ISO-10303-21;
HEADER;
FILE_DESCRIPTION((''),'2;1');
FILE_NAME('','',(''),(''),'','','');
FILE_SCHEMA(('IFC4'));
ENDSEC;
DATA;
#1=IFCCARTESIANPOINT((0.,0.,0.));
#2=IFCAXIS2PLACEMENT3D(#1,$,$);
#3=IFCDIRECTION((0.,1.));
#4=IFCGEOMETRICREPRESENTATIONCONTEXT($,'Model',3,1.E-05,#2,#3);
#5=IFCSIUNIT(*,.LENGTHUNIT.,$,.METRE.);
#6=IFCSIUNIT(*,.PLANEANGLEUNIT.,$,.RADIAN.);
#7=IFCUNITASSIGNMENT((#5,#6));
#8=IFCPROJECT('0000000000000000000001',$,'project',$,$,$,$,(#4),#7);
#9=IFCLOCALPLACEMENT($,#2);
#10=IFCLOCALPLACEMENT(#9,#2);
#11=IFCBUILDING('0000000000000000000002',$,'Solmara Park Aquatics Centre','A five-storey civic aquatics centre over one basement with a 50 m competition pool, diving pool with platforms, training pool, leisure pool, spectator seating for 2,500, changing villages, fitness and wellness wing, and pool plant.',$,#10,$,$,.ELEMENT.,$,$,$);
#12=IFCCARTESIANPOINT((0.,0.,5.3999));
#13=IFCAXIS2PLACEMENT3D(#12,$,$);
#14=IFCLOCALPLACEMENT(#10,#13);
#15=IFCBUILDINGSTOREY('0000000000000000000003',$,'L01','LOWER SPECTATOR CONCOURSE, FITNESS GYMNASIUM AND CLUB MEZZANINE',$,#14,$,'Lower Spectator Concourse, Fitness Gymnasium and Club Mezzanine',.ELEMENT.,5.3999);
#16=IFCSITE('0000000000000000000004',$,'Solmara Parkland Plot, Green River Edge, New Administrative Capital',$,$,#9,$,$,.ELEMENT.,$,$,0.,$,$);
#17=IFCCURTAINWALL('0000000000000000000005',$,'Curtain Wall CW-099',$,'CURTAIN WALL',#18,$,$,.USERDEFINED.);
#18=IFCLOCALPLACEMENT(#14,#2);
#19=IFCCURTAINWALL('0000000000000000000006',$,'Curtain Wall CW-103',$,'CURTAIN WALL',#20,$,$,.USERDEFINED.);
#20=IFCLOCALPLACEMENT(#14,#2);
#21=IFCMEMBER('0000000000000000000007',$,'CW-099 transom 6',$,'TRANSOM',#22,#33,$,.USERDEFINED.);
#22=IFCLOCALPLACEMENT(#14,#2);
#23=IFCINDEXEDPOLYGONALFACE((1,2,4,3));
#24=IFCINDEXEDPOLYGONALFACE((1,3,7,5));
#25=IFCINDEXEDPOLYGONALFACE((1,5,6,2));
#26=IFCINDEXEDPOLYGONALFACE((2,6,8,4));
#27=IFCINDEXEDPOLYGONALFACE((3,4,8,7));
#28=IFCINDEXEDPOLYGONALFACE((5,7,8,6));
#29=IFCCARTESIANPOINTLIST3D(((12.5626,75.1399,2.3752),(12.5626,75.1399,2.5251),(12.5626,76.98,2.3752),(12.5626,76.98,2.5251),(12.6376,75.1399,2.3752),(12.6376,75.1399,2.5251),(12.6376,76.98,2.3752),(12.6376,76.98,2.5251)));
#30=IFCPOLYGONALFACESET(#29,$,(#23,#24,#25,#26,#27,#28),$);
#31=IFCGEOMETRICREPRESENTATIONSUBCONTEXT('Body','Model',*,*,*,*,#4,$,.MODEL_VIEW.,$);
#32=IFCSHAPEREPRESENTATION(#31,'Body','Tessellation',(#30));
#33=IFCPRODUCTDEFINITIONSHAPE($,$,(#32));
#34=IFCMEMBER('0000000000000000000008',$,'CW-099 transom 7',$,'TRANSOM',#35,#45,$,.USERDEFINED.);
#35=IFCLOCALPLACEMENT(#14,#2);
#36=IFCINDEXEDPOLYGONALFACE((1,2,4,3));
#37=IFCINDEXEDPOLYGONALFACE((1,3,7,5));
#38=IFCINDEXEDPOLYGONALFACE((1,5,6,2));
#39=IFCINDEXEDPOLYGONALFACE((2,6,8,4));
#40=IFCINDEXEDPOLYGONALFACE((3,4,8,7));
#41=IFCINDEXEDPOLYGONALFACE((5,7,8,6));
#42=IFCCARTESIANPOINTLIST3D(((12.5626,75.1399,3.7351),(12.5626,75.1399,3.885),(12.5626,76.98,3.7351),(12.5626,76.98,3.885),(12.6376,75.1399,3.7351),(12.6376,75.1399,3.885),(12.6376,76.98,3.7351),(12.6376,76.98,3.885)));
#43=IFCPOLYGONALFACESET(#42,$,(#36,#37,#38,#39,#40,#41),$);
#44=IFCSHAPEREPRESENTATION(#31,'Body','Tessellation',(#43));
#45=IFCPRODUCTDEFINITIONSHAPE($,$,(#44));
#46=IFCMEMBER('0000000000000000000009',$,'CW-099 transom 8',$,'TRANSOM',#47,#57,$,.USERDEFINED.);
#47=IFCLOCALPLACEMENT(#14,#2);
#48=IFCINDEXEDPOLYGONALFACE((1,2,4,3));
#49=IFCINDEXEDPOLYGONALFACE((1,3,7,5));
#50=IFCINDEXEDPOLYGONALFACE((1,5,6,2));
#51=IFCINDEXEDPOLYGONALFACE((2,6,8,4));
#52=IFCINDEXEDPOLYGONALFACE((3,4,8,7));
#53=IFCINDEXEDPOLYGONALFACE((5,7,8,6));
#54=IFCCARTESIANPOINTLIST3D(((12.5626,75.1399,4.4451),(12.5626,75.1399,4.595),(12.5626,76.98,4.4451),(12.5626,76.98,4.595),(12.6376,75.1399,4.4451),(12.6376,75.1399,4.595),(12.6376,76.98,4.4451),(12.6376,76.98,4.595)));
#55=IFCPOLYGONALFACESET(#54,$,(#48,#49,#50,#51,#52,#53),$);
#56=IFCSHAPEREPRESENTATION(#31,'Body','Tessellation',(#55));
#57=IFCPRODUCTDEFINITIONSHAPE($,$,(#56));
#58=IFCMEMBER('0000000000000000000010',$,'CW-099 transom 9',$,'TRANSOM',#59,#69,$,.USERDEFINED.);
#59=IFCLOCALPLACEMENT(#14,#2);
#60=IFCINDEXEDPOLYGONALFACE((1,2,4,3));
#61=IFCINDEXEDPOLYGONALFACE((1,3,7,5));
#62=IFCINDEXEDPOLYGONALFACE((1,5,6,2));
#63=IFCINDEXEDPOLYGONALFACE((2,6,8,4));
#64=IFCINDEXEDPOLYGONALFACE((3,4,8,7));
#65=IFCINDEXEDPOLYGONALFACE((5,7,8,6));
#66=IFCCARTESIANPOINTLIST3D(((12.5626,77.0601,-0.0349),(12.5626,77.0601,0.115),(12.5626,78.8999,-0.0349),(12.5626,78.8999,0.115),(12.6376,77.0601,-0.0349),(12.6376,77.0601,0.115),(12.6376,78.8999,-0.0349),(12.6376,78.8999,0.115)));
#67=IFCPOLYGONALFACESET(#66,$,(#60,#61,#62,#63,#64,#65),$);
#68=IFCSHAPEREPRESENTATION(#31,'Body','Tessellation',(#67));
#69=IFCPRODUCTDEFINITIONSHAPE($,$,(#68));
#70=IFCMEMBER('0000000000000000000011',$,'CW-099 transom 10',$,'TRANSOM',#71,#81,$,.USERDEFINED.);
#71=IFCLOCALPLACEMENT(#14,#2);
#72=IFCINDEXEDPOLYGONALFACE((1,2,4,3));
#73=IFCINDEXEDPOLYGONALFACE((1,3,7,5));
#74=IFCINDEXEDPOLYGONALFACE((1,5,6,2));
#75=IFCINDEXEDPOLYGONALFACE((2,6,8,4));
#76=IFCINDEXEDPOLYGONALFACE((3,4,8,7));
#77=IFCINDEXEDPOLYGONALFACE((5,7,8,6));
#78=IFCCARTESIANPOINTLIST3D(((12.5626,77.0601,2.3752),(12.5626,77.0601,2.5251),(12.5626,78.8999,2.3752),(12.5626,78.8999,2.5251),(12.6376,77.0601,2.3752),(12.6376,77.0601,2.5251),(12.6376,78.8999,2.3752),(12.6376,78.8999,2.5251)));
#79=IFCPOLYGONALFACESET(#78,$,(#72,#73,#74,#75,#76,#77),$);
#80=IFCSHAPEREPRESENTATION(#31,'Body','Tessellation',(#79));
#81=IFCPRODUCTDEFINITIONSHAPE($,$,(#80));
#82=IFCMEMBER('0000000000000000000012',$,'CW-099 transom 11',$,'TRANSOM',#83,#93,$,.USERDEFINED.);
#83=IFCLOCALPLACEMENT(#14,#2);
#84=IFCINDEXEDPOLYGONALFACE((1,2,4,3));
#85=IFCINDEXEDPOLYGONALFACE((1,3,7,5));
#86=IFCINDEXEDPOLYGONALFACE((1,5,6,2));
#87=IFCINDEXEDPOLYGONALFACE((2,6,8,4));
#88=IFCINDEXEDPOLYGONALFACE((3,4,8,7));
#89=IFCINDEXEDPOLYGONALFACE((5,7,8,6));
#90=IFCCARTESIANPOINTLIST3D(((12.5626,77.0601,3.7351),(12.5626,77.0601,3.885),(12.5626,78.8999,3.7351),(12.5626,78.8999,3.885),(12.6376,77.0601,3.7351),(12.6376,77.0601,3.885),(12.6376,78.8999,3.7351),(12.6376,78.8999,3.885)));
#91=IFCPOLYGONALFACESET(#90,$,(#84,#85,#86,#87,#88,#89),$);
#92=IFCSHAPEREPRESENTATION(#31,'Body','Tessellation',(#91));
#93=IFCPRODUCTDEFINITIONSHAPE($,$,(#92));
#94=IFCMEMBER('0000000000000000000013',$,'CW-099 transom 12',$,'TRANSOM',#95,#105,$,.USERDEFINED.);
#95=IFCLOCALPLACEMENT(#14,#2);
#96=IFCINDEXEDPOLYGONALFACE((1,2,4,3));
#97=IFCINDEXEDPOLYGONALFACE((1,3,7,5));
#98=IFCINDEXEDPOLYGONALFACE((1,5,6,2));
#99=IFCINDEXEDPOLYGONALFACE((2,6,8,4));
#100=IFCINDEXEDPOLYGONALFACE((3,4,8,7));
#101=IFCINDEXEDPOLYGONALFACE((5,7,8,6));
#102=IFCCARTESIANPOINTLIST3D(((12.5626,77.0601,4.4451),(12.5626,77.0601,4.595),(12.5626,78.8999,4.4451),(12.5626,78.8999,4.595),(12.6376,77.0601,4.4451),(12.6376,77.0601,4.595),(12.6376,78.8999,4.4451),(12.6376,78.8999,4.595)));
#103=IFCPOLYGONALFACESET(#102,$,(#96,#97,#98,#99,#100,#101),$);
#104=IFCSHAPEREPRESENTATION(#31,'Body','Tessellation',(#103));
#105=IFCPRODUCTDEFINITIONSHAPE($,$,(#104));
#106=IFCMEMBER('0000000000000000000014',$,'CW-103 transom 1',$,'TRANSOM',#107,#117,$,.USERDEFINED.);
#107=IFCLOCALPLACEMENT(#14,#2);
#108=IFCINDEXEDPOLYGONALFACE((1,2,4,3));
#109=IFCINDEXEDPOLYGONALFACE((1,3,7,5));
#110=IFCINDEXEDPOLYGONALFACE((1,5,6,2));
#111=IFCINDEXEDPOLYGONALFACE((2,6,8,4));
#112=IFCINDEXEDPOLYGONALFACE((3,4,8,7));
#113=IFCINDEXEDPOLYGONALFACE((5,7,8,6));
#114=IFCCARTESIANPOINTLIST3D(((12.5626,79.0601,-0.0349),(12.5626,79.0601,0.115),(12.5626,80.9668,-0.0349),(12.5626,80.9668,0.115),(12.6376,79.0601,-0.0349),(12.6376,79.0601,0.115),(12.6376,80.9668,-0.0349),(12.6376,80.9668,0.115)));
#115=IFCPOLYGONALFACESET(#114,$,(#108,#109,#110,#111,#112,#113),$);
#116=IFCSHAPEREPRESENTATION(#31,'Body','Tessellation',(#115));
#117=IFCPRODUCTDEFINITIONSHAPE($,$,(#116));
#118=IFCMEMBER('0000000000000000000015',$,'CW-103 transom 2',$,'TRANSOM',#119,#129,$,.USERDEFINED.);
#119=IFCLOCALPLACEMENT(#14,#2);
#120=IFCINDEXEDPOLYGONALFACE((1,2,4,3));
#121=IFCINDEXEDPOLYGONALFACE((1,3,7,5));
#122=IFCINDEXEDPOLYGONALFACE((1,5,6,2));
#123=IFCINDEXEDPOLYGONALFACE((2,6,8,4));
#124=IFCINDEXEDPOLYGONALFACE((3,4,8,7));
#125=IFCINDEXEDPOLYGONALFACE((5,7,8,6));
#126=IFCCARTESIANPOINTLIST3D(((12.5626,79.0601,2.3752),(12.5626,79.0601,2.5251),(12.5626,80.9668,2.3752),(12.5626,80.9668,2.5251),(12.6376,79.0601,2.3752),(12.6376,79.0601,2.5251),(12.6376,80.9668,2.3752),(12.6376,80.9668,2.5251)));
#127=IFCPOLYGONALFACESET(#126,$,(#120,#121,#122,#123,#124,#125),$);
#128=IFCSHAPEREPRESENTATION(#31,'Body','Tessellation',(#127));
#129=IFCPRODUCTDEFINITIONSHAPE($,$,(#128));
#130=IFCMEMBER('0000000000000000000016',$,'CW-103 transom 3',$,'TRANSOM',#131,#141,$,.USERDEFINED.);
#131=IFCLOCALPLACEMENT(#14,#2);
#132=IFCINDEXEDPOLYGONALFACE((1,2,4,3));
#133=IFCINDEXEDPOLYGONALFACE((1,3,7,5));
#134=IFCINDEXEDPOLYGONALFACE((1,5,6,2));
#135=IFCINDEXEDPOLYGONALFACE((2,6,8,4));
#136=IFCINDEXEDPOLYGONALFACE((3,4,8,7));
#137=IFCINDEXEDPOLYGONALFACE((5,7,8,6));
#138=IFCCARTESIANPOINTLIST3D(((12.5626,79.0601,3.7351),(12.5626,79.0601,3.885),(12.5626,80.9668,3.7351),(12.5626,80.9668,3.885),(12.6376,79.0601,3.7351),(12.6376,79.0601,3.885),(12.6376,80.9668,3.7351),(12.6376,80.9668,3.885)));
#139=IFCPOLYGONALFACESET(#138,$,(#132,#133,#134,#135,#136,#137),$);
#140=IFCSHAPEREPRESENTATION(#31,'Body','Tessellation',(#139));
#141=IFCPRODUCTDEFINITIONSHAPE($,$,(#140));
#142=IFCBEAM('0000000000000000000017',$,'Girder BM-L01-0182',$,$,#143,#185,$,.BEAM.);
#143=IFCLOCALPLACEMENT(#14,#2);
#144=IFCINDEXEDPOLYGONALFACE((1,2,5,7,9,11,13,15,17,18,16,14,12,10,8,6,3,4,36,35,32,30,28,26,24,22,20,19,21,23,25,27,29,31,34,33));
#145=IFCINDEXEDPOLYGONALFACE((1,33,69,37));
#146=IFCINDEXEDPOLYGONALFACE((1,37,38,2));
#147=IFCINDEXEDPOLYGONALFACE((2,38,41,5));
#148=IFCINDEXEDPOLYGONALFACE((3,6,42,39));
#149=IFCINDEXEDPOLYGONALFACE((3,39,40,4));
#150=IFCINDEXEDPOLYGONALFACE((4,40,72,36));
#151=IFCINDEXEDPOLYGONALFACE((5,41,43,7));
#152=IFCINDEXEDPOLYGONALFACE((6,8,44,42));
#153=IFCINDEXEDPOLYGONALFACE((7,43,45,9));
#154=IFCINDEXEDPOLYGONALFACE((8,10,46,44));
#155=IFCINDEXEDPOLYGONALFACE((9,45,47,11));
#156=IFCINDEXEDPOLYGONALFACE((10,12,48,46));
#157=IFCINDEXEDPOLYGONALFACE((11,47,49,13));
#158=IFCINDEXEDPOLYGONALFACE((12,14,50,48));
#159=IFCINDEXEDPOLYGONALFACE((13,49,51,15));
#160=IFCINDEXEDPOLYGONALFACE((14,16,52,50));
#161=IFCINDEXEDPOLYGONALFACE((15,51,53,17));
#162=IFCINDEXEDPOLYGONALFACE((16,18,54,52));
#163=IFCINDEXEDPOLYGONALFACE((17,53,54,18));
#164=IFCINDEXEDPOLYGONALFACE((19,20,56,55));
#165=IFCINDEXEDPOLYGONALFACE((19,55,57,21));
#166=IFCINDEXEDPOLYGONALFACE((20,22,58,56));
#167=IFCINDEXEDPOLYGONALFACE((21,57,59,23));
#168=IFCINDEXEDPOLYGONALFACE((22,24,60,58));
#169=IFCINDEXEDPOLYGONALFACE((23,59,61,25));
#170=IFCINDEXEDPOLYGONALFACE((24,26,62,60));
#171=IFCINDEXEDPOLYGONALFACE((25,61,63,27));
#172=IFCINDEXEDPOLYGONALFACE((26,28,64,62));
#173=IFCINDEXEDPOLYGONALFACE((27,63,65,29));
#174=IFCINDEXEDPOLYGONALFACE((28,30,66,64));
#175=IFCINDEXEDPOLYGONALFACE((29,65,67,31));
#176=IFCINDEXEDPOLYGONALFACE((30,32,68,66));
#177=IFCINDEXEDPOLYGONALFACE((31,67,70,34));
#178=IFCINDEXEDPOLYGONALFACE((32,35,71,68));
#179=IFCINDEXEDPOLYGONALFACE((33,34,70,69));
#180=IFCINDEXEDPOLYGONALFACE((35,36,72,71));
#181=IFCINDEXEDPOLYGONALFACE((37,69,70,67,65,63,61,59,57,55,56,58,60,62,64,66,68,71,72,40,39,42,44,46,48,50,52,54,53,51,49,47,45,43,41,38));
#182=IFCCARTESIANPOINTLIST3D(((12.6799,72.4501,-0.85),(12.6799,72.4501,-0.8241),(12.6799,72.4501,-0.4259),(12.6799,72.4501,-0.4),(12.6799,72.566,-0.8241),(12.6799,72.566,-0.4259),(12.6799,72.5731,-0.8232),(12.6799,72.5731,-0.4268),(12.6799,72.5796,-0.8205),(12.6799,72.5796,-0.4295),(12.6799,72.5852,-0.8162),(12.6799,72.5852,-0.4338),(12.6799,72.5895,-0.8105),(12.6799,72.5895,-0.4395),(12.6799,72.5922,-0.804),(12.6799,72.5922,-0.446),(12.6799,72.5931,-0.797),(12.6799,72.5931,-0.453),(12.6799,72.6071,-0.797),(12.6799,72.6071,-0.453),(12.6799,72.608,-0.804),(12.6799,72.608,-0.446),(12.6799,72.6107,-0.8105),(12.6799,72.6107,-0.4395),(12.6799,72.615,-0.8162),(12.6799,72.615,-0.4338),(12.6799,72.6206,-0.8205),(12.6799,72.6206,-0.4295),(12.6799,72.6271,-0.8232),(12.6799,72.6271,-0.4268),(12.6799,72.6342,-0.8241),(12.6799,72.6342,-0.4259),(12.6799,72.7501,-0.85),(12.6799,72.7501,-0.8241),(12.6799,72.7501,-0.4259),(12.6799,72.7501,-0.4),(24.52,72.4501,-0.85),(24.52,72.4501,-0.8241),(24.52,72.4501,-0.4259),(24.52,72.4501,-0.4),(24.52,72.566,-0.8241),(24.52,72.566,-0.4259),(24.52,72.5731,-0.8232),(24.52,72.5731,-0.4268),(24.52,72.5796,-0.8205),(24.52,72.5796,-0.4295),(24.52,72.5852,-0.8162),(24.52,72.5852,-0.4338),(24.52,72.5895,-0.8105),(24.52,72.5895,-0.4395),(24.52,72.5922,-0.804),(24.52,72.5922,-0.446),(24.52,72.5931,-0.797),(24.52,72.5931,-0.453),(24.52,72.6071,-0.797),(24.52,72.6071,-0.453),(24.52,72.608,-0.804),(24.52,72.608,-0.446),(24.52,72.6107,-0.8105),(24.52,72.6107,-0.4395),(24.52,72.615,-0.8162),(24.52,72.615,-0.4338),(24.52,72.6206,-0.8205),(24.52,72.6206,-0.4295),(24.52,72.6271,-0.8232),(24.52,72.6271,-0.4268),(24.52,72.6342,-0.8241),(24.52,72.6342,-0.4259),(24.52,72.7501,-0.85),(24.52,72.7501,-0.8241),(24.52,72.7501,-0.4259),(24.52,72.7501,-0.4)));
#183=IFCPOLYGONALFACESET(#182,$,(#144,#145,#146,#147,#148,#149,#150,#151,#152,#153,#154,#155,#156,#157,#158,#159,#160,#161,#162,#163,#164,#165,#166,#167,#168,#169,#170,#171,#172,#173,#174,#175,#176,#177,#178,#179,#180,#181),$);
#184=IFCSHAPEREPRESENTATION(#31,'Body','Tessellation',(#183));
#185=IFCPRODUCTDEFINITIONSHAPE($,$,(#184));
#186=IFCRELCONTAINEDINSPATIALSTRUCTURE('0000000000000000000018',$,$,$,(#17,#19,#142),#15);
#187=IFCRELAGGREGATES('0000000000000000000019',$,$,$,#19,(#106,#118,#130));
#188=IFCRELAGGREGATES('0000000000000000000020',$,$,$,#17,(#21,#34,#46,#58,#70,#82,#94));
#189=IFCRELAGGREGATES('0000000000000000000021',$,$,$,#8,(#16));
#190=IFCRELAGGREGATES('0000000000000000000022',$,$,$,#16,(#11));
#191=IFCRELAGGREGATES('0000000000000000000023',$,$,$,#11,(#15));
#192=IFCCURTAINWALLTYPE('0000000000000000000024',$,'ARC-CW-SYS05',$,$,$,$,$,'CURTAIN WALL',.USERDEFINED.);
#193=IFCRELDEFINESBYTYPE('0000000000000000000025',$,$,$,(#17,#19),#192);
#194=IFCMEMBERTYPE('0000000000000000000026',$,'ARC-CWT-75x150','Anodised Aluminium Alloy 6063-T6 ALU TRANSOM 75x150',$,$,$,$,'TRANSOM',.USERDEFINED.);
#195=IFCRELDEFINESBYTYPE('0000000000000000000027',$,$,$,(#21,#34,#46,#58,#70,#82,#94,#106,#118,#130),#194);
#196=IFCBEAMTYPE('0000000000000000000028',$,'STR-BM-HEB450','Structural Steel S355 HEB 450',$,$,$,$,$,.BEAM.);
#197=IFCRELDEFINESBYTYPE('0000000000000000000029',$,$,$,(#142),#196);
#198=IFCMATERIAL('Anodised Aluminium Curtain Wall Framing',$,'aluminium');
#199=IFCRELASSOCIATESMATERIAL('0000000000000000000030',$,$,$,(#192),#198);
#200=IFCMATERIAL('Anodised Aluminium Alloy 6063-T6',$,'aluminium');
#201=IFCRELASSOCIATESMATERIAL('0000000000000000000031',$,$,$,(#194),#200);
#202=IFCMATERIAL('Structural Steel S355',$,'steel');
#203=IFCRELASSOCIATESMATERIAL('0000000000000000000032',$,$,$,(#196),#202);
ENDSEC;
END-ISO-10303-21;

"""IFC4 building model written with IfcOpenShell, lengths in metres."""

from ifc_helpers import new_model, si_unit, direction, frame, origin, origin_2d, place, context, subcontext, project, spatial, rectangle, i_section, extrude, material, material_profile, profile_set, type_object, element, aggregate, save


model = new_model("IFC4")

# Units and contexts
model_context = context("Model", 3, precision=1e-05, world=origin(), true_north=direction((0.0, 1.0)))
body_context = subcontext(model_context, "Body", "Model", "MODEL_VIEW")
ifc_project = project(units=[si_unit("LENGTHUNIT", "METRE"), si_unit("PLANEANGLEUNIT", "RADIAN")], contexts=[model_context])

# Site, building, storey
site_placement = place(None, origin())
site = spatial("IfcSite", under=ifc_project, at=site_placement, Name="Solmara Parkland Plot, Green River Edge, New Administrative Capital", CompositionType="ELEMENT", RefElevation=0.0)
building_placement = place(site_placement, origin())
building = spatial("IfcBuilding", under=site, at=building_placement, Name="Solmara Park Aquatics Centre", Description="A five-storey civic aquatics centre over one basement with a 50 m competition pool, diving pool with platforms, training pool, leisure pool, spectator seating for 2,500, changing villages, fitness and wellness wing, and pool plant.", CompositionType="ELEMENT")
storey_placement = place(building_placement, frame((0.0, 0.0, 5.3999)))
storey = spatial("IfcBuildingStorey", under=building, at=storey_placement, Name="L01", Description="LOWER SPECTATOR CONCOURSE, FITNESS GYMNASIUM AND CLUB MEZZANINE", LongName="Lower Spectator Concourse, Fitness Gymnasium and Club Mezzanine", CompositionType="ELEMENT", Elevation=5.3999)

# Shared definitions
ifc_material_1 = material(Name="Structural Steel S355", Category="steel")

# Curtain wall
ifc_material_2 = material(Name="Anodised Aluminium Curtain Wall Framing", Category="aluminium")
curtain_wall_type = type_object("IfcCurtainWallType", Name="ARC-CW-SYS05", ElementType="CURTAIN WALL", PredefinedType="USERDEFINED", material=ifc_material_2)
curtain_wall_1_placement = place(storey_placement, origin())
curtain_wall_1 = element("IfcCurtainWall", 1, at=curtain_wall_1_placement, inside=storey, type_object=curtain_wall_type, Name="Curtain Wall CW-099", ObjectType="CURTAIN WALL", PredefinedType="USERDEFINED")
ifc_material_3 = material(Name="Anodised Aluminium Alloy 6063-T6", Category="aluminium")

# Curtain wall
curtain_wall_2_placement = place(storey_placement, origin())
curtain_wall_2 = element("IfcCurtainWall", 2, at=curtain_wall_2_placement, inside=storey, type_object=curtain_wall_type, Name="Curtain Wall CW-103", ObjectType="CURTAIN WALL", PredefinedType="USERDEFINED")

# Members
ifc_material_profile_1 = material_profile(ifc_material_3, rectangle(XDim=0.075, YDim=0.1499, at=origin_2d()), Name="ALU TRANSOM 75x150")
ifc_profile_set_1 = profile_set([ifc_material_profile_1], Name="Anodised Aluminium Alloy 6063-T6")
member_type_1 = type_object("IfcMemberType", Name="ARC-CWT-75x150", Description="Anodised Aluminium Alloy 6063-T6 ALU TRANSOM 75x150", ElementType="TRANSOM", PredefinedType="USERDEFINED", material=ifc_profile_set_1)
member_1_placement = place(storey_placement, frame((12.6001, 75.1399, 2.4502), z_axis=(0.0, 1.0, 0.0), x_axis=(-1.0, 0.0, 0.0)))
member_1 = element("IfcMember", 3, at=member_1_placement, type_object=member_type_1, Name="CW-099 transom 6", ObjectType="TRANSOM", PredefinedType="USERDEFINED", context=body_context, shape_type="SweptSolid", body=[
    extrude(rectangle(XDim=0.075, YDim=0.1499, at=origin_2d()), origin(), (0.0, 0.0, 1.0), 1.8401),
])
member_2_placement = place(storey_placement, frame((12.6001, 75.1399, 3.8101), z_axis=(0.0, 1.0, 0.0), x_axis=(-1.0, 0.0, 0.0)))
member_2 = element("IfcMember", 4, at=member_2_placement, type_object=member_type_1, Name="CW-099 transom 7", ObjectType="TRANSOM", PredefinedType="USERDEFINED", context=body_context, shape_type="SweptSolid", body=[
    extrude(rectangle(XDim=0.075, YDim=0.1499, at=origin_2d()), origin(), (0.0, 0.0, 1.0), 1.8401),
])
member_3_placement = place(storey_placement, frame((12.6001, 75.1399, 4.52), z_axis=(0.0, 1.0, 0.0), x_axis=(-1.0, 0.0, 0.0)))
member_3 = element("IfcMember", 5, at=member_3_placement, type_object=member_type_1, Name="CW-099 transom 8", ObjectType="TRANSOM", PredefinedType="USERDEFINED", context=body_context, shape_type="SweptSolid", body=[
    extrude(rectangle(XDim=0.075, YDim=0.1499, at=origin_2d()), origin(), (0.0, 0.0, 1.0), 1.8401),
])
member_4_placement = place(storey_placement, frame((12.6001, 77.0601, 0.04), z_axis=(0.0, 1.0, 0.0), x_axis=(-1.0, 0.0, 0.0)))
member_4 = element("IfcMember", 6, at=member_4_placement, type_object=member_type_1, Name="CW-099 transom 9", ObjectType="TRANSOM", PredefinedType="USERDEFINED", context=body_context, shape_type="SweptSolid", body=[
    extrude(rectangle(XDim=0.075, YDim=0.1499, at=origin_2d()), origin(), (0.0, 0.0, 1.0), 1.8398),
])
member_5_placement = place(storey_placement, frame((12.6001, 77.0601, 2.4502), z_axis=(0.0, 1.0, 0.0), x_axis=(-1.0, 0.0, 0.0)))
member_5 = element("IfcMember", 7, at=member_5_placement, type_object=member_type_1, Name="CW-099 transom 10", ObjectType="TRANSOM", PredefinedType="USERDEFINED", context=body_context, shape_type="SweptSolid", body=[
    extrude(rectangle(XDim=0.075, YDim=0.1499, at=origin_2d()), origin(), (0.0, 0.0, 1.0), 1.8398),
])
member_6_placement = place(storey_placement, frame((12.6001, 77.0601, 3.8101), z_axis=(0.0, 1.0, 0.0), x_axis=(-1.0, 0.0, 0.0)))
member_6 = element("IfcMember", 8, at=member_6_placement, type_object=member_type_1, Name="CW-099 transom 11", ObjectType="TRANSOM", PredefinedType="USERDEFINED", context=body_context, shape_type="SweptSolid", body=[
    extrude(rectangle(XDim=0.075, YDim=0.1499, at=origin_2d()), origin(), (0.0, 0.0, 1.0), 1.8398),
])
member_7_placement = place(storey_placement, frame((12.6001, 77.0601, 4.52), z_axis=(0.0, 1.0, 0.0), x_axis=(-1.0, 0.0, 0.0)))
member_7 = element("IfcMember", 9, at=member_7_placement, type_object=member_type_1, Name="CW-099 transom 12", ObjectType="TRANSOM", PredefinedType="USERDEFINED", context=body_context, shape_type="SweptSolid", body=[
    extrude(rectangle(XDim=0.075, YDim=0.1499, at=origin_2d()), origin(), (0.0, 0.0, 1.0), 1.8398),
])
member_8_placement = place(storey_placement, frame((12.6001, 79.0601, 0.04), z_axis=(0.0, 1.0, 0.0), x_axis=(-1.0, 0.0, 0.0)))
member_8 = element("IfcMember", 10, at=member_8_placement, type_object=member_type_1, Name="CW-103 transom 1", ObjectType="TRANSOM", PredefinedType="USERDEFINED", context=body_context, shape_type="SweptSolid", body=[
    extrude(rectangle(XDim=0.075, YDim=0.1499, at=origin_2d()), origin(), (0.0, 0.0, 1.0), 1.9067),
])
member_9_placement = place(storey_placement, frame((12.6001, 79.0601, 2.4502), z_axis=(0.0, 1.0, 0.0), x_axis=(-1.0, 0.0, 0.0)))
member_9 = element("IfcMember", 11, at=member_9_placement, type_object=member_type_1, Name="CW-103 transom 2", ObjectType="TRANSOM", PredefinedType="USERDEFINED", context=body_context, shape_type="SweptSolid", body=[
    extrude(rectangle(XDim=0.075, YDim=0.1499, at=origin_2d()), origin(), (0.0, 0.0, 1.0), 1.9067),
])
member_10_placement = place(storey_placement, frame((12.6001, 79.0601, 3.8101), z_axis=(0.0, 1.0, 0.0), x_axis=(-1.0, 0.0, 0.0)))
member_10 = element("IfcMember", 12, at=member_10_placement, type_object=member_type_1, Name="CW-103 transom 3", ObjectType="TRANSOM", PredefinedType="USERDEFINED", context=body_context, shape_type="SweptSolid", body=[
    extrude(rectangle(XDim=0.075, YDim=0.1499, at=origin_2d()), origin(), (0.0, 0.0, 1.0), 1.9067),
])
aggregate(curtain_wall_2, [member_8, member_9, member_10])

# Beam
ifc_material_profile_2 = material_profile(ifc_material_1, i_section(OverallWidth=0.3, OverallDepth=0.45, WebThickness=0.0139, FlangeThickness=0.0259, FilletRadius=0.0271, at=origin_2d()), Name="HEB 450")
ifc_profile_set_2 = profile_set([ifc_material_profile_2], Name="Structural Steel S355")
beam_type_1 = type_object("IfcBeamType", Name="STR-BM-HEB450", Description="Structural Steel S355 HEB 450", PredefinedType="BEAM", material=ifc_profile_set_2)
beam_1_placement = place(storey_placement, frame((12.6799, 72.6001, -0.625), z_axis=(1.0, 0.0, 0.0), x_axis=(0.0, 1.0, 0.0)))
element("IfcBeam", 13, at=beam_1_placement, inside=storey, type_object=beam_type_1, Name="Girder BM-L01-0182", PredefinedType="BEAM", context=body_context, shape_type="SweptSolid", body=[
    extrude(i_section(OverallWidth=0.3, OverallDepth=0.45, WebThickness=0.0139, FlangeThickness=0.0259, FilletRadius=0.0271, at=origin_2d()), origin(), (0.0, 0.0, 1.0), 11.8401),
])

aggregate(curtain_wall_1, [member_1, member_2, member_3, member_4, member_5, member_6, member_7])

save(model, "model.ifc")
